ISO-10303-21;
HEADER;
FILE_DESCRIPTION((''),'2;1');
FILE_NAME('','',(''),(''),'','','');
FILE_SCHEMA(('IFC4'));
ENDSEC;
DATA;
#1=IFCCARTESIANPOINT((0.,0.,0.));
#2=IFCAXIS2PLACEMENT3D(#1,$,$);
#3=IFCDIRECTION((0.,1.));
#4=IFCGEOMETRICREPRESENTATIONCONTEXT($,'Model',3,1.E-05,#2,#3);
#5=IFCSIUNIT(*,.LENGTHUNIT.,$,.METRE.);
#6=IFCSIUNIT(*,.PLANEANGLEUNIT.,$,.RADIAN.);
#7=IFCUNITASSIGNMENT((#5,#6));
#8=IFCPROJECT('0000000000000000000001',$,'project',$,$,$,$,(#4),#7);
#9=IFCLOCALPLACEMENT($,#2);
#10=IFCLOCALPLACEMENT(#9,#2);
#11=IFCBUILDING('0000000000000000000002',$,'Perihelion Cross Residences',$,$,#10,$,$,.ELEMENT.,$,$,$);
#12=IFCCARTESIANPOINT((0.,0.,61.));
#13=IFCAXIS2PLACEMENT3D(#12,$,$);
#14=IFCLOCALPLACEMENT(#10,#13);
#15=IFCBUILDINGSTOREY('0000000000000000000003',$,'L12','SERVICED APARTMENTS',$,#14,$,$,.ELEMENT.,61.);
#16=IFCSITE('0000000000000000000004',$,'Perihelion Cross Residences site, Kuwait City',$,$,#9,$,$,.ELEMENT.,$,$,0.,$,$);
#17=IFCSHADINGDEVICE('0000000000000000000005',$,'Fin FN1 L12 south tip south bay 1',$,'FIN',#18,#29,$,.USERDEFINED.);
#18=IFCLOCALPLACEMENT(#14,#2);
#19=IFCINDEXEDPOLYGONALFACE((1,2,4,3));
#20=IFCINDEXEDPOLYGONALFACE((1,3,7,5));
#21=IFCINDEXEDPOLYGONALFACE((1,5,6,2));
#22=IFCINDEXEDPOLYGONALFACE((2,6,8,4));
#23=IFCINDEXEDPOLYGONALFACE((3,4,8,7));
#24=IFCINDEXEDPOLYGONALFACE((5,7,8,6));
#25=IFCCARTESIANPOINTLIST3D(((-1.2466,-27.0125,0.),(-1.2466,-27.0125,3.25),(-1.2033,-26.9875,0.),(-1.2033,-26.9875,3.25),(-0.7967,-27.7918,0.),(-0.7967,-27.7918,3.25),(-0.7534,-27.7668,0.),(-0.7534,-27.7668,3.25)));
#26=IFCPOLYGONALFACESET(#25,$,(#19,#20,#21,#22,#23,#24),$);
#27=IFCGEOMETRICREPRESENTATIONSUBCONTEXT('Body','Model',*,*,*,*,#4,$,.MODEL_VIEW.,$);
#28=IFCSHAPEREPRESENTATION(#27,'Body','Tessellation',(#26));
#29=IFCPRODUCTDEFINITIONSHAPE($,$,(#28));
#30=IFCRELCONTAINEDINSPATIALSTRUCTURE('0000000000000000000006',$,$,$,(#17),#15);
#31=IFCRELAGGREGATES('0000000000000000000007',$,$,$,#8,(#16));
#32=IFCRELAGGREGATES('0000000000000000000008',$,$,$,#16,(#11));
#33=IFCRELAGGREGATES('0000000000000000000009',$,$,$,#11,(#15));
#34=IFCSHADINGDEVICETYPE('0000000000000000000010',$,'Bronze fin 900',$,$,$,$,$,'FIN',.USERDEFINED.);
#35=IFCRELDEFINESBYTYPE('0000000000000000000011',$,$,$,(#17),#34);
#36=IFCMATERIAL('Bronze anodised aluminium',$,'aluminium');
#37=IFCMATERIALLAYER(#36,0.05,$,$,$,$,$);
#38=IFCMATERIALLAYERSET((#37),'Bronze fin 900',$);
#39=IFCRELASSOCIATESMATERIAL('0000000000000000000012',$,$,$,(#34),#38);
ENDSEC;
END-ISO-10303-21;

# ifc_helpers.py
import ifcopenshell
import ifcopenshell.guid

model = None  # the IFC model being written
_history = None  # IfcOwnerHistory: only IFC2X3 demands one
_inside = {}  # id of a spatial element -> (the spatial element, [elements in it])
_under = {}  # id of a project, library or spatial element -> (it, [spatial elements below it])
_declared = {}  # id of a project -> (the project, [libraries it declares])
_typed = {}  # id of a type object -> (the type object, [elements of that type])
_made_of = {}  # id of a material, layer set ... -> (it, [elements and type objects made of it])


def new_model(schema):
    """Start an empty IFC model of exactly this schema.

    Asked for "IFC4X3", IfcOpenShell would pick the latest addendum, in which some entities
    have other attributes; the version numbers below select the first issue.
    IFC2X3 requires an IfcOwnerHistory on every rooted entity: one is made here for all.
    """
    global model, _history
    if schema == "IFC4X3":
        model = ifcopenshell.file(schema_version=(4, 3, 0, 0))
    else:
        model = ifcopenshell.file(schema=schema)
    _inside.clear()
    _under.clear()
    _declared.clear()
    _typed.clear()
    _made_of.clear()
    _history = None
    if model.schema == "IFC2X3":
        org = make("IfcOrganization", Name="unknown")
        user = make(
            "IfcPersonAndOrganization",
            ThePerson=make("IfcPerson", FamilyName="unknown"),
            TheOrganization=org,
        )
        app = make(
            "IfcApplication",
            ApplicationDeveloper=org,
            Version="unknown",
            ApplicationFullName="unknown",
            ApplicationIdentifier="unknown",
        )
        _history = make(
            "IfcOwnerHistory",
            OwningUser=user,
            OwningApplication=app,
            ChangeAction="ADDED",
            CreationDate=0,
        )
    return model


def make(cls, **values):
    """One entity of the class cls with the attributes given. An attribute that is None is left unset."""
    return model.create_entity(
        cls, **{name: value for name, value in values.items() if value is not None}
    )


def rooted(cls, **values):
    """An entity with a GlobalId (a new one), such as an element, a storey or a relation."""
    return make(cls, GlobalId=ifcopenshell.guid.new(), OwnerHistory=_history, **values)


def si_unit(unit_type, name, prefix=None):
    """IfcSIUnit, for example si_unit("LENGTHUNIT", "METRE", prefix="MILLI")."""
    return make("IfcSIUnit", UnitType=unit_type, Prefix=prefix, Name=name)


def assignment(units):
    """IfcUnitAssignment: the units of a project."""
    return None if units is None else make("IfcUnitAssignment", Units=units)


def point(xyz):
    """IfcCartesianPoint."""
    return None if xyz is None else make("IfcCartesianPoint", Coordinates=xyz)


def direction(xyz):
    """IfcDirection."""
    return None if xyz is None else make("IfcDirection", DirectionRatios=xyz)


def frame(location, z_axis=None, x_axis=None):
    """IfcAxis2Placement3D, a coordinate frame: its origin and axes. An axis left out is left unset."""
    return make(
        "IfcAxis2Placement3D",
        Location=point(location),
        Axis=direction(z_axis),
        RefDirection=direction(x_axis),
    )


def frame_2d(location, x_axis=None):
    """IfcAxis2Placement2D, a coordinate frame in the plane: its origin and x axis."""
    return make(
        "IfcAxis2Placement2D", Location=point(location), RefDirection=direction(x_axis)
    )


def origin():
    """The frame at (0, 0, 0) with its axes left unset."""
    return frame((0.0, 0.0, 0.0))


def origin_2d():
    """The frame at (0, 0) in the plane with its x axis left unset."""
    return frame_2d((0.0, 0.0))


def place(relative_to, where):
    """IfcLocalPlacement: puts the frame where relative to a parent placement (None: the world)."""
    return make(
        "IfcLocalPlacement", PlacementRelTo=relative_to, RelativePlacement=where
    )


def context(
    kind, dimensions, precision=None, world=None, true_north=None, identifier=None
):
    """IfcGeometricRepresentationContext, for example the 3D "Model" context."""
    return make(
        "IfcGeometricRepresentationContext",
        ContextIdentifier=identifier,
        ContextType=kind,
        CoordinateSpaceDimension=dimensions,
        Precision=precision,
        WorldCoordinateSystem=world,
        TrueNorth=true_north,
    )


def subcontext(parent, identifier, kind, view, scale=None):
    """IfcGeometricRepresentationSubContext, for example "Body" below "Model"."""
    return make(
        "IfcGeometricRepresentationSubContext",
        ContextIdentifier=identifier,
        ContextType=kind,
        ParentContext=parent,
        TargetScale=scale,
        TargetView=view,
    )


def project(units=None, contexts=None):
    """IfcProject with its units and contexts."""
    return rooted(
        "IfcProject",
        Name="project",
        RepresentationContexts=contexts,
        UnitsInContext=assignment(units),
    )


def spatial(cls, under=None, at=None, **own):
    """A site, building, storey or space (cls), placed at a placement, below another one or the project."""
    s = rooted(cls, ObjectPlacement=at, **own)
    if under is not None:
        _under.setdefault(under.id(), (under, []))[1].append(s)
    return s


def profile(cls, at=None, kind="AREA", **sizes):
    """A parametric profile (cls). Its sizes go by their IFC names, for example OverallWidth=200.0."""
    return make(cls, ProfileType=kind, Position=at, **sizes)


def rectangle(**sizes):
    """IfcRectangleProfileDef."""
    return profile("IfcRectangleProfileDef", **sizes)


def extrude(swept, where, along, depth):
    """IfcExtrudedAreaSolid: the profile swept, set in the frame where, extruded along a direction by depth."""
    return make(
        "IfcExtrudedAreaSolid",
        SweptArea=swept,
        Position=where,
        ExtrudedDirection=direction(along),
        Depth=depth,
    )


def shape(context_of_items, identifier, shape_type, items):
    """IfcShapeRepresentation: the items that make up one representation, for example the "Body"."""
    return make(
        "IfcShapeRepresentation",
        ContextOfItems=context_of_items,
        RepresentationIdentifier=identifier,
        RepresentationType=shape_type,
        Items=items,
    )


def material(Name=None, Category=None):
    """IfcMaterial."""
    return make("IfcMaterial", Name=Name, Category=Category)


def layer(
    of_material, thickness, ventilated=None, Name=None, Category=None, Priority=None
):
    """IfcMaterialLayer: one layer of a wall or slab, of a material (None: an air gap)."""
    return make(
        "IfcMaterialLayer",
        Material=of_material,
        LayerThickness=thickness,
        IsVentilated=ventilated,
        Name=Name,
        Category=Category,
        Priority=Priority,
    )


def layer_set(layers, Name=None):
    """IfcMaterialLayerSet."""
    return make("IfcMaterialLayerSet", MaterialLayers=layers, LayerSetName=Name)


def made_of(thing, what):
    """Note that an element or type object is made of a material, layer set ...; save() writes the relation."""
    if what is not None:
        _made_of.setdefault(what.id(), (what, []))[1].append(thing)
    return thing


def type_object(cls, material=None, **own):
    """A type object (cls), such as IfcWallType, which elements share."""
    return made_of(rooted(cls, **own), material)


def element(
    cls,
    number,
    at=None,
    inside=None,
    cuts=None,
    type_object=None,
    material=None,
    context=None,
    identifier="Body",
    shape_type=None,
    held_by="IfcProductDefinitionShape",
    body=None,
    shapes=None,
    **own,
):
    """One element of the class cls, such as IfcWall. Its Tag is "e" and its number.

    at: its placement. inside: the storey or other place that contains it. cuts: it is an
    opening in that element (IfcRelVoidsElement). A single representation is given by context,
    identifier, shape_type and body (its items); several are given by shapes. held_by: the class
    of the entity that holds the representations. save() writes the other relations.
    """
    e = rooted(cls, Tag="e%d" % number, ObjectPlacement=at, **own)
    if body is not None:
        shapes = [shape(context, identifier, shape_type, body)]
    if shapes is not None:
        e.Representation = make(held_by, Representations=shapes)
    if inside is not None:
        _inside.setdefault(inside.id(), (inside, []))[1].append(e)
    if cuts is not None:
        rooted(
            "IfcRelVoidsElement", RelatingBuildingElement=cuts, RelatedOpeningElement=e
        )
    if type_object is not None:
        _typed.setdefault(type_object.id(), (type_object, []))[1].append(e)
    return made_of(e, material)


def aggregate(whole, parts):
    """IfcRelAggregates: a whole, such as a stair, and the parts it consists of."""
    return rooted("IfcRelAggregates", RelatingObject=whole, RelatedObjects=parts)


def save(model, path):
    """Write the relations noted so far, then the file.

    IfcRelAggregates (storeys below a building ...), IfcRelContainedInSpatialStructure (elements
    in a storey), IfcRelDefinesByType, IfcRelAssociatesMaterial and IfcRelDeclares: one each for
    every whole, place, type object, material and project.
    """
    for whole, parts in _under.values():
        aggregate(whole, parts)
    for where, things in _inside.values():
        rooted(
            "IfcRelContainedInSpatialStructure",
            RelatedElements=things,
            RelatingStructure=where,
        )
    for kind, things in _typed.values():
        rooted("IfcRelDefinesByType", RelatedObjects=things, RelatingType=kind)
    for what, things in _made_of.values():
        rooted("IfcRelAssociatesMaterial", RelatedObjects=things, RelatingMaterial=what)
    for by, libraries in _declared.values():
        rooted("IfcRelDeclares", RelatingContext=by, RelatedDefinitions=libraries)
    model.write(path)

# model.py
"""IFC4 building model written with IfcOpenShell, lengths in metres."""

from ifc_helpers import new_model, si_unit, direction, frame, origin, origin_2d, place, context, subcontext, project, spatial, rectangle, extrude, material, layer, layer_set, type_object, element, save


model = new_model("IFC4")

# Units and contexts
model_context = context("Model", 3, precision=1e-05, world=origin(), true_north=direction((0.0, 1.0)))
body_context = subcontext(model_context, "Body", "Model", "MODEL_VIEW")
ifc_project = project(units=[si_unit("LENGTHUNIT", "METRE"), si_unit("PLANEANGLEUNIT", "RADIAN")], contexts=[model_context])

# Site, building, storey
site_placement = place(None, origin())
site = spatial("IfcSite", under=ifc_project, at=site_placement, Name="Perihelion Cross Residences site, Kuwait City", CompositionType="ELEMENT", RefElevation=0.0)
building_placement = place(site_placement, origin())
building = spatial("IfcBuilding", under=site, at=building_placement, Name="Perihelion Cross Residences", CompositionType="ELEMENT")
storey_placement = place(building_placement, frame((0.0, 0.0, 61.0)))
storey = spatial("IfcBuildingStorey", under=building, at=storey_placement, Name="L12", Description="SERVICED APARTMENTS", CompositionType="ELEMENT", Elevation=61.0)

# Shading device
ifc_material_1 = material(Name="Bronze anodised aluminium", Category="aluminium")
ifc_layer_1 = layer(ifc_material_1, 0.05)
ifc_layer_set_1 = layer_set([ifc_layer_1], Name="Bronze fin 900")
shading_device_type = type_object("IfcShadingDeviceType", Name="Bronze fin 900", ElementType="FIN", PredefinedType="USERDEFINED", material=ifc_layer_set_1)
shading_device_placement = place(storey_placement, frame((-1.0, -27.3896, 0.0), z_axis=(0.0, 0.0, 1.0), x_axis=(0.5, -0.866025, 0.0)))
element("IfcShadingDevice", 1, at=shading_device_placement, inside=storey, type_object=shading_device_type, Name="Fin FN1 L12 south tip south bay 1", ObjectType="FIN", PredefinedType="USERDEFINED", context=body_context, shape_type="SweptSolid", body=[
    extrude(rectangle(XDim=0.8999, YDim=0.05, at=origin_2d()), origin(), (0.0, 0.0, 1.0), 3.25),
])

save(model, "model.ifc")
